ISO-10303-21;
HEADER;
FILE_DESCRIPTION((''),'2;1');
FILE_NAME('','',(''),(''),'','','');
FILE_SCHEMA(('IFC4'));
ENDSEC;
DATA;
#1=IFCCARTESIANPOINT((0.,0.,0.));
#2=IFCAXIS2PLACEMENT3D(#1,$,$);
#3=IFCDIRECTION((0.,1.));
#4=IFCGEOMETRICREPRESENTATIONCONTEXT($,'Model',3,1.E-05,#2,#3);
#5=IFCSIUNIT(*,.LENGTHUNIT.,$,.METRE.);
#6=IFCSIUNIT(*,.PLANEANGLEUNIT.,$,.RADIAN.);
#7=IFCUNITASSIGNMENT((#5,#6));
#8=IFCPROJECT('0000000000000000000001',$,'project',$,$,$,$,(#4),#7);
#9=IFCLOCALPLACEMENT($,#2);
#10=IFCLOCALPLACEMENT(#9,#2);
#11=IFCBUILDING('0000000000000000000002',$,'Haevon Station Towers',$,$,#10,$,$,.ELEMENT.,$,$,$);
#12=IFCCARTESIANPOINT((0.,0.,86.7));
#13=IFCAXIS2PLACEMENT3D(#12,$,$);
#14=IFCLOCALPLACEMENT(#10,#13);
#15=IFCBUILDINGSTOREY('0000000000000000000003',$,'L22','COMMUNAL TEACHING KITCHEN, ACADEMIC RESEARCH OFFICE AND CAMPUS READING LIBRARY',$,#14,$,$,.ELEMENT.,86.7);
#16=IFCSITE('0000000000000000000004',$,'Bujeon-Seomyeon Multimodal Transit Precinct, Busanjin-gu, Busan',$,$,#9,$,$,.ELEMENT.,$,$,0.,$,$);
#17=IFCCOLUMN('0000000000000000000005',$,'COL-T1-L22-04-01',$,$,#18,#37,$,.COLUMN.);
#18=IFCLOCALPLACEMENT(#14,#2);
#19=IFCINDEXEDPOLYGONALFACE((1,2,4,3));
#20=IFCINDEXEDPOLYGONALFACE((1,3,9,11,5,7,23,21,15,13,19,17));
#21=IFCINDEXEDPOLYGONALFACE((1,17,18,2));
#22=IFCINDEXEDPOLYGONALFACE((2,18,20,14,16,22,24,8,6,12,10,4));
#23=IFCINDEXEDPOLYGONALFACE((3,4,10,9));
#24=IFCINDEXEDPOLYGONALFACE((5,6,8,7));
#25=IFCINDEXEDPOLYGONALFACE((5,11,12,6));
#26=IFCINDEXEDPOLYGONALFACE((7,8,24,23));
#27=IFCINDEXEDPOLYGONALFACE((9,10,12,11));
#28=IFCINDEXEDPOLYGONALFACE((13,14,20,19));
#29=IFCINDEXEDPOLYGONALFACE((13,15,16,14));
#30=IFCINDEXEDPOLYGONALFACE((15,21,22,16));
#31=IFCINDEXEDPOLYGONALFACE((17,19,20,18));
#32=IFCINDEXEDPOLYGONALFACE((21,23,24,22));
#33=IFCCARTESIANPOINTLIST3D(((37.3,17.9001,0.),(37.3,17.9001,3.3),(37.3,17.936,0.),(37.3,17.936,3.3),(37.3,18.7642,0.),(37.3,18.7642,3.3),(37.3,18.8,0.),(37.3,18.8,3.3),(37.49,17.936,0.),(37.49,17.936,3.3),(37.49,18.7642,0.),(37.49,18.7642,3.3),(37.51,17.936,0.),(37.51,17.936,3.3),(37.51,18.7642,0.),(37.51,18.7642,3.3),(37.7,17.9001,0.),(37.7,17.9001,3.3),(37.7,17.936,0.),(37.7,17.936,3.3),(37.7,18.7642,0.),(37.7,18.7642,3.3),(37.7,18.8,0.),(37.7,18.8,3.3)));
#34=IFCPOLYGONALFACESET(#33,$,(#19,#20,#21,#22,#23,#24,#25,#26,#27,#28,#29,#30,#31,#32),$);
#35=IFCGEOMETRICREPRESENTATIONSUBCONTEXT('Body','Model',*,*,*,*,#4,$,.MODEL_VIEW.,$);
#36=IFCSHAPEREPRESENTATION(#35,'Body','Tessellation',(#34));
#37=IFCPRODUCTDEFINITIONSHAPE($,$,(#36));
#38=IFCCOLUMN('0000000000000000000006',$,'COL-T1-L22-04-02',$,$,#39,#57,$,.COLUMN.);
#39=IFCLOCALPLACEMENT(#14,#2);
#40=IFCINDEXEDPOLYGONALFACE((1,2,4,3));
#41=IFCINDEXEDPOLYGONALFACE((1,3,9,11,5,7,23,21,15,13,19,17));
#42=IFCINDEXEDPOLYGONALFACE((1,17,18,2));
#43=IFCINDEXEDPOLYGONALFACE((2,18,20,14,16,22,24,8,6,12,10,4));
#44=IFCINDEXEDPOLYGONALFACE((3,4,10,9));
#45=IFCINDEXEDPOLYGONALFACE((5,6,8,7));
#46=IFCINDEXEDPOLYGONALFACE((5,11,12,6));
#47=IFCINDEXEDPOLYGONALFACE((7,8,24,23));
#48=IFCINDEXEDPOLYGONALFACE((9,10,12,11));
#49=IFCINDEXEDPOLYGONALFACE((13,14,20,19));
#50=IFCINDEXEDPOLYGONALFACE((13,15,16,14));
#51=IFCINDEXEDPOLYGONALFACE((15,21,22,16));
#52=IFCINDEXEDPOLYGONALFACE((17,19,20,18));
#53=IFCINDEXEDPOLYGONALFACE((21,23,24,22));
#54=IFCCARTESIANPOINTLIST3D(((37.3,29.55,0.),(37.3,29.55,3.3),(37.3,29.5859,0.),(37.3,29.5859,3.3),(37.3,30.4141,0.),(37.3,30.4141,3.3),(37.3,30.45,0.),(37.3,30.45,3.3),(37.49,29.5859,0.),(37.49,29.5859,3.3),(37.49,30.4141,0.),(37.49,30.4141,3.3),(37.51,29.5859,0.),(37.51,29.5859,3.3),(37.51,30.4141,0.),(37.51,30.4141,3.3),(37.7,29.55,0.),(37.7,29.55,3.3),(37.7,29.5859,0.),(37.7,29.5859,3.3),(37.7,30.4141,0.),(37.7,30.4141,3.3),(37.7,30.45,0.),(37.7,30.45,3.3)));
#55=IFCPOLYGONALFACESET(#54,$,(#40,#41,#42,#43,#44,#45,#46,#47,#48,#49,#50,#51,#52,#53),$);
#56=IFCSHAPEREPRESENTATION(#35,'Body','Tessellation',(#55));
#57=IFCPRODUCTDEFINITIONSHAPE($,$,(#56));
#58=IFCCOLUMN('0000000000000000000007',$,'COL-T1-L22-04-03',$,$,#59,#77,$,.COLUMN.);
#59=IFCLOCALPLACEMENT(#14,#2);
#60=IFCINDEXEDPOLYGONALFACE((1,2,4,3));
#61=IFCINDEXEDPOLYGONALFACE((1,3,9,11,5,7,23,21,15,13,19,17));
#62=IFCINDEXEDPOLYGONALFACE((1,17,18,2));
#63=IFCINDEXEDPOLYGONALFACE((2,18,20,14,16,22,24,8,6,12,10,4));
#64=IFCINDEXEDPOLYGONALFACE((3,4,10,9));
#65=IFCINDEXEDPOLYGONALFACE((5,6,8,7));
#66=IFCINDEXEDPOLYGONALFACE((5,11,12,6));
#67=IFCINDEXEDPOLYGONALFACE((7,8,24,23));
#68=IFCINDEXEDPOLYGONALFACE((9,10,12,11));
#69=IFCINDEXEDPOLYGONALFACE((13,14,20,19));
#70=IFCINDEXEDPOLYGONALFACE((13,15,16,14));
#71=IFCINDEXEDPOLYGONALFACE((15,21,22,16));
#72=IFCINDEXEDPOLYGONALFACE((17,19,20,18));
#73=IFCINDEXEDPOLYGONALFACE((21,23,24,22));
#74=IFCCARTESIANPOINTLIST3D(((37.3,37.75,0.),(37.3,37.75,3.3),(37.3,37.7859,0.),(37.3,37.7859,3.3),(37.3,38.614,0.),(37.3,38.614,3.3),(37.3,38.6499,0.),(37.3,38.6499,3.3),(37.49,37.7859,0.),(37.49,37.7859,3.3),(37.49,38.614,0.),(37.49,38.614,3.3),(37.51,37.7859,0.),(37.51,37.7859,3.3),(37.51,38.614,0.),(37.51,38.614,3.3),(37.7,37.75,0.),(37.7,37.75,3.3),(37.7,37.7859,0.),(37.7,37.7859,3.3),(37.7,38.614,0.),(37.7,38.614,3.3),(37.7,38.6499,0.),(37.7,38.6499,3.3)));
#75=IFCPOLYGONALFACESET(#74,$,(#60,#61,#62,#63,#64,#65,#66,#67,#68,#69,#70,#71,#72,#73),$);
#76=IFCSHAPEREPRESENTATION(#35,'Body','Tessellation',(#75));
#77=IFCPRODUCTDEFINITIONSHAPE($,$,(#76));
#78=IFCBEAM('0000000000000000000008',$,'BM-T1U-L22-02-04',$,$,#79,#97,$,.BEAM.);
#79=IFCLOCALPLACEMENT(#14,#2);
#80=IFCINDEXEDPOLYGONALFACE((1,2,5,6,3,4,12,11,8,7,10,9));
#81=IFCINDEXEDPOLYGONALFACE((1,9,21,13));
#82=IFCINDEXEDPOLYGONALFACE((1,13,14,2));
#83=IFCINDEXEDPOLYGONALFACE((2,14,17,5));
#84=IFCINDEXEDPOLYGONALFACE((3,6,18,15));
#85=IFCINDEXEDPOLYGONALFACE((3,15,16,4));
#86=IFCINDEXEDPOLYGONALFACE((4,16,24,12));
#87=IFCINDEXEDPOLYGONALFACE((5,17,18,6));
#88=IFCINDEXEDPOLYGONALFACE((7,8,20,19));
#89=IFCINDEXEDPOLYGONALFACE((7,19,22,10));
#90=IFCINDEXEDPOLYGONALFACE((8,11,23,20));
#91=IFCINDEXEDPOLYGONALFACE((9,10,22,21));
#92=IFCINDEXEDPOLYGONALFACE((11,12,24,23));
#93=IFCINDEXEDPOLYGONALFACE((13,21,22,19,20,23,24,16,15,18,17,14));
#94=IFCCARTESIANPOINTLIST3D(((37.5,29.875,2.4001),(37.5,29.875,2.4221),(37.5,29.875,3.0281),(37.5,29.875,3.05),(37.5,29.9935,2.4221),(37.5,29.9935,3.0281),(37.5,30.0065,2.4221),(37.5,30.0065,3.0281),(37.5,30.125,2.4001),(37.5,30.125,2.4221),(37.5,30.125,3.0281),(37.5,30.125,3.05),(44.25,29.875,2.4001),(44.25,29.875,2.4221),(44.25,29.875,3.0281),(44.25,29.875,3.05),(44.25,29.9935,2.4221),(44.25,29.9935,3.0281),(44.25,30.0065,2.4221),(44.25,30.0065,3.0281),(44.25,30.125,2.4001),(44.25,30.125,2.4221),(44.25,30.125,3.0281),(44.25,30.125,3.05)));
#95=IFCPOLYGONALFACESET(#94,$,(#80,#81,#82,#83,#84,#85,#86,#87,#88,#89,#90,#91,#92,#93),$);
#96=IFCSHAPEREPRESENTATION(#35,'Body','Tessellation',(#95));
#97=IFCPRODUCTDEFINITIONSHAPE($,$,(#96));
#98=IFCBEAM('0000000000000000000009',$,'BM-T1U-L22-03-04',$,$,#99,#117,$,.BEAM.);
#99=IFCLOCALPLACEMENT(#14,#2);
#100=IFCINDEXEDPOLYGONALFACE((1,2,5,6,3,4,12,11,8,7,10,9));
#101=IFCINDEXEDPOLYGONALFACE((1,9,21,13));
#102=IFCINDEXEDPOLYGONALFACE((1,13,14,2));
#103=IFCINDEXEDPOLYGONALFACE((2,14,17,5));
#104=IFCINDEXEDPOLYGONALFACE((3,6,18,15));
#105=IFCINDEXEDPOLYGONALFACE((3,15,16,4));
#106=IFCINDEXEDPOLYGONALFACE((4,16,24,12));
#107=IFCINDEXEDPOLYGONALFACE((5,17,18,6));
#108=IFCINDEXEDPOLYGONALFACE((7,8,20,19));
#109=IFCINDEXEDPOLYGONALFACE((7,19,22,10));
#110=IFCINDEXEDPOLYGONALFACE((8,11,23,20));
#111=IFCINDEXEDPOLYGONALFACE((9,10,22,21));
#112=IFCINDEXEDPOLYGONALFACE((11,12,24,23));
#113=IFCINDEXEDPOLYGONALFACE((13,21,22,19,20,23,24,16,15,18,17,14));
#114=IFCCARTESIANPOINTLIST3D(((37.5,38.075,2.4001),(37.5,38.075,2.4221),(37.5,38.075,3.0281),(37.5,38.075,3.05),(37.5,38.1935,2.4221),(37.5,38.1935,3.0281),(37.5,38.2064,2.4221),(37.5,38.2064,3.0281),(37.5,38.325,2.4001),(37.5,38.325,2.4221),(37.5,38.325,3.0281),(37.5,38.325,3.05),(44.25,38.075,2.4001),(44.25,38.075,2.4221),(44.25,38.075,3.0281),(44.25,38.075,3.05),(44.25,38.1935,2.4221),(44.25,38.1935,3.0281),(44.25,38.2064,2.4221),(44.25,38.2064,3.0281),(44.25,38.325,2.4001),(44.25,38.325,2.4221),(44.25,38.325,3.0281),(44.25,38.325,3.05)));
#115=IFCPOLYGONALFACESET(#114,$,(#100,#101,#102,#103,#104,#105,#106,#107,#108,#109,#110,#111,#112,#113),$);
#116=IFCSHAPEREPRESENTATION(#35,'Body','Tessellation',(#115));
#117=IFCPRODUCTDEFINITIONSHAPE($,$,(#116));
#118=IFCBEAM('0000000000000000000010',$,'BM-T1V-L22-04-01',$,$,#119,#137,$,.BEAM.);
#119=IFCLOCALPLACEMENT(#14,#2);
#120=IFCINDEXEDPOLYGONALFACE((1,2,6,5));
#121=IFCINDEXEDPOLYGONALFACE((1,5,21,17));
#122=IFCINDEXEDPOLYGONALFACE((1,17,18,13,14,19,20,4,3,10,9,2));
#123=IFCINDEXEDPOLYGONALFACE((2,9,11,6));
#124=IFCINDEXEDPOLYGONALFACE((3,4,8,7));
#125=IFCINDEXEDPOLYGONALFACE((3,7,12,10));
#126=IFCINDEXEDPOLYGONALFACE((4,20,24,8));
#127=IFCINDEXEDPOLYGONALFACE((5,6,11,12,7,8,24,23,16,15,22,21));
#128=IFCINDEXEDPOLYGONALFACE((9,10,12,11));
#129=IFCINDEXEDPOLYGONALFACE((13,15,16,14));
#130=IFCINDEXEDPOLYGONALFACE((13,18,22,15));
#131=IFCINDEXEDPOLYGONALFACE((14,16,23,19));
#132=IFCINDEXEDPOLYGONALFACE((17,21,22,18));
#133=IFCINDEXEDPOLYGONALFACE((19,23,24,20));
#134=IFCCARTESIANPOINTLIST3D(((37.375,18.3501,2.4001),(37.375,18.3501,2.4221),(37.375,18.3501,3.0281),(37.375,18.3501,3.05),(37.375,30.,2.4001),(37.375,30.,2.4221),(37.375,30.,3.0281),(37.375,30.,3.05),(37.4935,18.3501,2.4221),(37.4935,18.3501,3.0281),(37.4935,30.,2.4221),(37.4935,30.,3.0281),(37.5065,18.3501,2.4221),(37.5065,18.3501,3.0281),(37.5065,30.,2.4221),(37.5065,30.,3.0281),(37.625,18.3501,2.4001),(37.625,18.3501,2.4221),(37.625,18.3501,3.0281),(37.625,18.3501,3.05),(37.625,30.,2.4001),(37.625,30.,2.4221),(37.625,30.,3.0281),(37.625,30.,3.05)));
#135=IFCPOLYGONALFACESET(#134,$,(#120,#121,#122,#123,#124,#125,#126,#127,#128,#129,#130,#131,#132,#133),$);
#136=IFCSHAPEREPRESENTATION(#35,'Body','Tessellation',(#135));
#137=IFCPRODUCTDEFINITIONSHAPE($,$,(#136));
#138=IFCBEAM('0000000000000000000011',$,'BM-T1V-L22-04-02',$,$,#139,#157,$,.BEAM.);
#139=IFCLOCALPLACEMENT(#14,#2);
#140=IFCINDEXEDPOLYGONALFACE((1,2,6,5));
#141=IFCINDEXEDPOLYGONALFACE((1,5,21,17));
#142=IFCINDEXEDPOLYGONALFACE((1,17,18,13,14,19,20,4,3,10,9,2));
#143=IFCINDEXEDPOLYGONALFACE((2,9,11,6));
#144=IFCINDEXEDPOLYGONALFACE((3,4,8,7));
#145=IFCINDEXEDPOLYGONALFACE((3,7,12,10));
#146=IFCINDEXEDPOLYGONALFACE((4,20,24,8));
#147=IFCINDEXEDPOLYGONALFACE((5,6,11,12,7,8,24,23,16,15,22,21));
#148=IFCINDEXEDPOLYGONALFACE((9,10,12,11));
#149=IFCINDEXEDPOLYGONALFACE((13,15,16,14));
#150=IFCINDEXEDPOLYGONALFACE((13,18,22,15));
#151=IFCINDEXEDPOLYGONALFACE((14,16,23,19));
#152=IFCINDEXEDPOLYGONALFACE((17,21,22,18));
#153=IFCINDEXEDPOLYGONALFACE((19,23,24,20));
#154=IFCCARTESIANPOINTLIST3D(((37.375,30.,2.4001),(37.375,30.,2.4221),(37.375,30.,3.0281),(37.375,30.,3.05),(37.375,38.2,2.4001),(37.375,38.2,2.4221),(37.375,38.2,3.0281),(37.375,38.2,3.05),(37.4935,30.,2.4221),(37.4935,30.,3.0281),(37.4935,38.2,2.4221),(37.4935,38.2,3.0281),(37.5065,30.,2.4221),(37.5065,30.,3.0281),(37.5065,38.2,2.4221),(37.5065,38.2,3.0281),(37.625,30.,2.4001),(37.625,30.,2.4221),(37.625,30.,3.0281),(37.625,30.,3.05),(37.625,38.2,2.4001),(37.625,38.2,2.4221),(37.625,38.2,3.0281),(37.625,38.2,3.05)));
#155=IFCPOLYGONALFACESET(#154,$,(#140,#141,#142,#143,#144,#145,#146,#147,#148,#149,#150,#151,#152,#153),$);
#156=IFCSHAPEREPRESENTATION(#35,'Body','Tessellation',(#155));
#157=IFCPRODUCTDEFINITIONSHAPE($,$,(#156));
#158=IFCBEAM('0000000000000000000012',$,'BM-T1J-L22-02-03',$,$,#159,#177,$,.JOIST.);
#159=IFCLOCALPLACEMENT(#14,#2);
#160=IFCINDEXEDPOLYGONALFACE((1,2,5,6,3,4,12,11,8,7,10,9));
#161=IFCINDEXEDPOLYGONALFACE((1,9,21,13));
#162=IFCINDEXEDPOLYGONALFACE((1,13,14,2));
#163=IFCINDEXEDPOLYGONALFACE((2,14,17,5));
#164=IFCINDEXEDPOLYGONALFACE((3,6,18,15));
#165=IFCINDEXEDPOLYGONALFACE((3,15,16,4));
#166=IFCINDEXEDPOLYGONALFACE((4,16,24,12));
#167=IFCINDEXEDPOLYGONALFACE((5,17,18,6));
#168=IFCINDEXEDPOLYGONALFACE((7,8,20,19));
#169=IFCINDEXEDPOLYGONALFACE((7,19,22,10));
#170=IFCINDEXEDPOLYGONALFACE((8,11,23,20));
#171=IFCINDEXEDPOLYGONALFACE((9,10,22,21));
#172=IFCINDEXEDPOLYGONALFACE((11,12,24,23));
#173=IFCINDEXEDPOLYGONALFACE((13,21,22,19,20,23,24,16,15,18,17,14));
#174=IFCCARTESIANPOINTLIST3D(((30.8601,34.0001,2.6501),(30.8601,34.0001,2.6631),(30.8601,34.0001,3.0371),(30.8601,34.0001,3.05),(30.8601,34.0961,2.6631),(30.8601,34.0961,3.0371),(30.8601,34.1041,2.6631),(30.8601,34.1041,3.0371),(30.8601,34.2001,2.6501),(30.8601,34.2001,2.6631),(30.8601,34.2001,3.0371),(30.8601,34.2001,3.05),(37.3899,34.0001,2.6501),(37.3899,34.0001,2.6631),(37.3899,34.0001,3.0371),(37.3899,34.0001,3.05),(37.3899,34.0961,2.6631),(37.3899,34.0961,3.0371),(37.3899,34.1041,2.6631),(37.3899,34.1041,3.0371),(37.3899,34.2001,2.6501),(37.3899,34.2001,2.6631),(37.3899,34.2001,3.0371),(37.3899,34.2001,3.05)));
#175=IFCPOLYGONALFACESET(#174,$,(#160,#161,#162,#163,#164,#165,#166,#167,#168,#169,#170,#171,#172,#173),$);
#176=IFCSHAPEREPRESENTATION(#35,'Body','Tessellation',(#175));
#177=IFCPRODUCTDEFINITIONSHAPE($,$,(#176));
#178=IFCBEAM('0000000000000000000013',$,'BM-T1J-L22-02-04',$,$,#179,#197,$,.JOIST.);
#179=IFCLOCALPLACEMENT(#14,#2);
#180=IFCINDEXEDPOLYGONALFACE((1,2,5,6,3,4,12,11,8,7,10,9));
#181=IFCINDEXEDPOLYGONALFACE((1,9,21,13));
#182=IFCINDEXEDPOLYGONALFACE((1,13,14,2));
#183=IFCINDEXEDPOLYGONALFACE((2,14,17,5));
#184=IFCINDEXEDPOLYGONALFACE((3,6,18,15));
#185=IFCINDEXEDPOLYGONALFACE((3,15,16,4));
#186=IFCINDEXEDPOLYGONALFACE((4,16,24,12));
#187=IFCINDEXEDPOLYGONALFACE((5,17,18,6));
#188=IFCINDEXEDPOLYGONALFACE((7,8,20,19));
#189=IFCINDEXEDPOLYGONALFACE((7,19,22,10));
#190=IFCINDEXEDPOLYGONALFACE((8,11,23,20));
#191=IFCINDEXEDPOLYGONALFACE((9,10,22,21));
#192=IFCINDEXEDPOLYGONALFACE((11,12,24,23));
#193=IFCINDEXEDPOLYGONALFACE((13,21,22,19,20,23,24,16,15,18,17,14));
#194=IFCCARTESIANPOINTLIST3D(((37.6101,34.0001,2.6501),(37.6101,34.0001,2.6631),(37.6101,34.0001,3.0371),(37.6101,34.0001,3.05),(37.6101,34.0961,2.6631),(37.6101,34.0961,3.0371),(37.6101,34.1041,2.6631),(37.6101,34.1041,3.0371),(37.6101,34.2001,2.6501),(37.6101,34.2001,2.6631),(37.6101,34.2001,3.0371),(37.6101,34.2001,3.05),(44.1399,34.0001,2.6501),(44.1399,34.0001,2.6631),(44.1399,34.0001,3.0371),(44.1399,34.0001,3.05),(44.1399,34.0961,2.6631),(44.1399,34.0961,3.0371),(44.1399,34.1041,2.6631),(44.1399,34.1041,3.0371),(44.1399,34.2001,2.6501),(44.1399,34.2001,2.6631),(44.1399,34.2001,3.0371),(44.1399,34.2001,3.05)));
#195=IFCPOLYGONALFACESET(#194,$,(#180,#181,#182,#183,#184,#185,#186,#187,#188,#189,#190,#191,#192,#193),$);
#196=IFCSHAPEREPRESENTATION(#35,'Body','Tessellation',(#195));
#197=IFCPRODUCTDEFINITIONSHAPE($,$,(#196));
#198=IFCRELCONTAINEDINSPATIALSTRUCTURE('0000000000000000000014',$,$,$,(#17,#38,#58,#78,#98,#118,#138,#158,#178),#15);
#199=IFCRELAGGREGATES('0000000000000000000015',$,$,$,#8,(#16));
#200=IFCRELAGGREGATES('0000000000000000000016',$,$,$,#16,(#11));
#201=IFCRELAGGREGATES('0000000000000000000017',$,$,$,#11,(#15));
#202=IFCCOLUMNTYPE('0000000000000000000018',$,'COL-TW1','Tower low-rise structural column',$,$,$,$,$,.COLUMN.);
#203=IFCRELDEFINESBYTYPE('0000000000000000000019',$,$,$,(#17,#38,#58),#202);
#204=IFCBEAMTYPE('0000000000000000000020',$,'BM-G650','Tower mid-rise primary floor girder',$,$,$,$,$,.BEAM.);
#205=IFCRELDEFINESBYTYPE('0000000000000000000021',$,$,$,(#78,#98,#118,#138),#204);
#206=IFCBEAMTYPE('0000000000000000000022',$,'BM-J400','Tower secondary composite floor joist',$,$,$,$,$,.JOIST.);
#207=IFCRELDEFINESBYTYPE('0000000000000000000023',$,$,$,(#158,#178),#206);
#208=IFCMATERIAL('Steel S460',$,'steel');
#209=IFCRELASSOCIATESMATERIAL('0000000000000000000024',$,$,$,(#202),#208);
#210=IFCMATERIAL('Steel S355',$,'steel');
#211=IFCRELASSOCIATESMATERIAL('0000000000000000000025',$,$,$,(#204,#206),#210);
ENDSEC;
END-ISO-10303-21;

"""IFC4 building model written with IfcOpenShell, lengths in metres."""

from ifc_helpers import new_model, si_unit, direction, frame, origin, origin_2d, place, context, subcontext, project, spatial, i_section, extrude, material, material_profile, profile_set, type_object, element, save


model = new_model("IFC4")

# Units and contexts
model_context = context("Model", 3, precision=1e-05, world=origin(), true_north=direction((0.0, 1.0)))
body_context = subcontext(model_context, "Body", "Model", "MODEL_VIEW")
ifc_project = project(units=[si_unit("LENGTHUNIT", "METRE"), si_unit("PLANEANGLEUNIT", "RADIAN")], contexts=[model_context])

# Site, building, storey
site_placement = place(None, origin())
site = spatial("IfcSite", under=ifc_project, at=site_placement, Name="Bujeon-Seomyeon Multimodal Transit Precinct, Busanjin-gu, Busan", CompositionType="ELEMENT", RefElevation=0.0)
building_placement = place(site_placement, origin())
building = spatial("IfcBuilding", under=site, at=building_placement, Name="Haevon Station Towers", CompositionType="ELEMENT")
storey_placement = place(building_placement, frame((0.0, 0.0, 86.7)))
storey = spatial("IfcBuildingStorey", under=building, at=storey_placement, Name="L22", Description="COMMUNAL TEACHING KITCHEN, ACADEMIC RESEARCH OFFICE AND CAMPUS READING LIBRARY", CompositionType="ELEMENT", Elevation=86.7)

# Columns
ifc_material_1 = material(Name="Steel S460", Category="steel")
ifc_material_profile_1 = material_profile(ifc_material_1, i_section(OverallWidth=0.3999, OverallDepth=0.8999, WebThickness=0.02, FlangeThickness=0.0359, at=origin_2d()), Name="H-900x400x20x36")
ifc_profile_set_1 = profile_set([ifc_material_profile_1], Name="Steel S460")
column_type = type_object("IfcColumnType", Name="COL-TW1", Description="Tower low-rise structural column", PredefinedType="COLUMN", material=ifc_profile_set_1)
for number, where, z_axis, x_axis, name in (
    (1, (37.5, 18.3501, 0.0), (0.0, 0.0, 1.0), (1.0, 0.0, 0.0), "COL-T1-L22-04-01"),
    (2, (37.5, 30.0, 0.0), (0.0, 0.0, 1.0), (1.0, 0.0, 0.0), "COL-T1-L22-04-02"),
    (3, (37.5, 38.2, 0.0), (0.0, 0.0, 1.0), (1.0, 0.0, 0.0), "COL-T1-L22-04-03"),
):
    element("IfcColumn", number, at=place(storey_placement, frame(where, z_axis=z_axis, x_axis=x_axis)), inside=storey, type_object=column_type, Name=name, PredefinedType="COLUMN", context=body_context, shape_type="SweptSolid", body=[
        extrude(i_section(OverallWidth=0.3999, OverallDepth=0.8999, WebThickness=0.02, FlangeThickness=0.0359, at=origin_2d()), origin(), (0.0, 0.0, 1.0), 3.3),
    ])

# Beams
ifc_material_2 = material(Name="Steel S355", Category="steel")
ifc_material_profile_2 = material_profile(ifc_material_2, i_section(OverallWidth=0.25, OverallDepth=0.6499, WebThickness=0.0129, FlangeThickness=0.022, at=origin_2d()), Name="H-650x250x13x22")
ifc_profile_set_2 = profile_set([ifc_material_profile_2], Name="Steel S355")
beam_type_1 = type_object("IfcBeamType", Name="BM-G650", Description="Tower mid-rise primary floor girder", PredefinedType="BEAM", material=ifc_profile_set_2)
for number, where, z_axis, x_axis, name in (
    (4, (37.5, 30.0, 2.7251), (1.0, 0.0, 0.0), (0.0, 1.0, 0.0), "BM-T1U-L22-02-04"),
    (5, (37.5, 38.2, 2.7251), (1.0, 0.0, 0.0), (0.0, 1.0, 0.0), "BM-T1U-L22-03-04"),
):
    element("IfcBeam", number, at=place(storey_placement, frame(where, z_axis=z_axis, x_axis=x_axis)), inside=storey, type_object=beam_type_1, Name=name, PredefinedType="BEAM", context=body_context, shape_type="SweptSolid", body=[
        extrude(i_section(OverallWidth=0.25, OverallDepth=0.6499, WebThickness=0.0129, FlangeThickness=0.022, at=origin_2d()), origin(), (0.0, 0.0, 1.0), 6.75),
    ])
beam_1_placement = place(storey_placement, frame((37.5, 18.3501, 2.7251), z_axis=(0.0, 1.0, 0.0), x_axis=(-1.0, 0.0, 0.0)))
element("IfcBeam", 6, at=beam_1_placement, inside=storey, type_object=beam_type_1, Name="BM-T1V-L22-04-01", PredefinedType="BEAM", context=body_context, shape_type="SweptSolid", body=[
    extrude(i_section(OverallWidth=0.25, OverallDepth=0.6499, WebThickness=0.0129, FlangeThickness=0.022, at=origin_2d()), origin(), (0.0, 0.0, 1.0), 11.6499),
])
beam_2_placement = place(storey_placement, frame((37.5, 30.0, 2.7251), z_axis=(0.0, 1.0, 0.0), x_axis=(-1.0, 0.0, 0.0)))
element("IfcBeam", 7, at=beam_2_placement, inside=storey, type_object=beam_type_1, Name="BM-T1V-L22-04-02", PredefinedType="BEAM", context=body_context, shape_type="SweptSolid", body=[
    extrude(i_section(OverallWidth=0.25, OverallDepth=0.6499, WebThickness=0.0129, FlangeThickness=0.022, at=origin_2d()), origin(), (0.0, 0.0, 1.0), 8.2),
])
ifc_material_profile_3 = material_profile(ifc_material_2, i_section(OverallWidth=0.2, OverallDepth=0.3999, WebThickness=0.0081, FlangeThickness=0.0129, at=origin_2d()), Name="H-400x200x8x13")
ifc_profile_set_3 = profile_set([ifc_material_profile_3], Name="Steel S355")
beam_type_2 = type_object("IfcBeamType", Name="BM-J400", Description="Tower secondary composite floor joist", PredefinedType="JOIST", material=ifc_profile_set_3)
for number, where, z_axis, x_axis, name in (
    (8, (30.8601, 34.1001, 2.8501), (1.0, 0.0, 0.0), (0.0, 1.0, 0.0), "BM-T1J-L22-02-03"),
    (9, (37.6101, 34.1001, 2.8501), (1.0, 0.0, 0.0), (0.0, 1.0, 0.0), "BM-T1J-L22-02-04"),
):
    element("IfcBeam", number, at=place(storey_placement, frame(where, z_axis=z_axis, x_axis=x_axis)), inside=storey, type_object=beam_type_2, Name=name, PredefinedType="JOIST", context=body_context, shape_type="SweptSolid", body=[
        extrude(i_section(OverallWidth=0.2, OverallDepth=0.3999, WebThickness=0.0081, FlangeThickness=0.0129, at=origin_2d()), origin(), (0.0, 0.0, 1.0), 6.5298),
    ])

save(model, "model.ifc")
